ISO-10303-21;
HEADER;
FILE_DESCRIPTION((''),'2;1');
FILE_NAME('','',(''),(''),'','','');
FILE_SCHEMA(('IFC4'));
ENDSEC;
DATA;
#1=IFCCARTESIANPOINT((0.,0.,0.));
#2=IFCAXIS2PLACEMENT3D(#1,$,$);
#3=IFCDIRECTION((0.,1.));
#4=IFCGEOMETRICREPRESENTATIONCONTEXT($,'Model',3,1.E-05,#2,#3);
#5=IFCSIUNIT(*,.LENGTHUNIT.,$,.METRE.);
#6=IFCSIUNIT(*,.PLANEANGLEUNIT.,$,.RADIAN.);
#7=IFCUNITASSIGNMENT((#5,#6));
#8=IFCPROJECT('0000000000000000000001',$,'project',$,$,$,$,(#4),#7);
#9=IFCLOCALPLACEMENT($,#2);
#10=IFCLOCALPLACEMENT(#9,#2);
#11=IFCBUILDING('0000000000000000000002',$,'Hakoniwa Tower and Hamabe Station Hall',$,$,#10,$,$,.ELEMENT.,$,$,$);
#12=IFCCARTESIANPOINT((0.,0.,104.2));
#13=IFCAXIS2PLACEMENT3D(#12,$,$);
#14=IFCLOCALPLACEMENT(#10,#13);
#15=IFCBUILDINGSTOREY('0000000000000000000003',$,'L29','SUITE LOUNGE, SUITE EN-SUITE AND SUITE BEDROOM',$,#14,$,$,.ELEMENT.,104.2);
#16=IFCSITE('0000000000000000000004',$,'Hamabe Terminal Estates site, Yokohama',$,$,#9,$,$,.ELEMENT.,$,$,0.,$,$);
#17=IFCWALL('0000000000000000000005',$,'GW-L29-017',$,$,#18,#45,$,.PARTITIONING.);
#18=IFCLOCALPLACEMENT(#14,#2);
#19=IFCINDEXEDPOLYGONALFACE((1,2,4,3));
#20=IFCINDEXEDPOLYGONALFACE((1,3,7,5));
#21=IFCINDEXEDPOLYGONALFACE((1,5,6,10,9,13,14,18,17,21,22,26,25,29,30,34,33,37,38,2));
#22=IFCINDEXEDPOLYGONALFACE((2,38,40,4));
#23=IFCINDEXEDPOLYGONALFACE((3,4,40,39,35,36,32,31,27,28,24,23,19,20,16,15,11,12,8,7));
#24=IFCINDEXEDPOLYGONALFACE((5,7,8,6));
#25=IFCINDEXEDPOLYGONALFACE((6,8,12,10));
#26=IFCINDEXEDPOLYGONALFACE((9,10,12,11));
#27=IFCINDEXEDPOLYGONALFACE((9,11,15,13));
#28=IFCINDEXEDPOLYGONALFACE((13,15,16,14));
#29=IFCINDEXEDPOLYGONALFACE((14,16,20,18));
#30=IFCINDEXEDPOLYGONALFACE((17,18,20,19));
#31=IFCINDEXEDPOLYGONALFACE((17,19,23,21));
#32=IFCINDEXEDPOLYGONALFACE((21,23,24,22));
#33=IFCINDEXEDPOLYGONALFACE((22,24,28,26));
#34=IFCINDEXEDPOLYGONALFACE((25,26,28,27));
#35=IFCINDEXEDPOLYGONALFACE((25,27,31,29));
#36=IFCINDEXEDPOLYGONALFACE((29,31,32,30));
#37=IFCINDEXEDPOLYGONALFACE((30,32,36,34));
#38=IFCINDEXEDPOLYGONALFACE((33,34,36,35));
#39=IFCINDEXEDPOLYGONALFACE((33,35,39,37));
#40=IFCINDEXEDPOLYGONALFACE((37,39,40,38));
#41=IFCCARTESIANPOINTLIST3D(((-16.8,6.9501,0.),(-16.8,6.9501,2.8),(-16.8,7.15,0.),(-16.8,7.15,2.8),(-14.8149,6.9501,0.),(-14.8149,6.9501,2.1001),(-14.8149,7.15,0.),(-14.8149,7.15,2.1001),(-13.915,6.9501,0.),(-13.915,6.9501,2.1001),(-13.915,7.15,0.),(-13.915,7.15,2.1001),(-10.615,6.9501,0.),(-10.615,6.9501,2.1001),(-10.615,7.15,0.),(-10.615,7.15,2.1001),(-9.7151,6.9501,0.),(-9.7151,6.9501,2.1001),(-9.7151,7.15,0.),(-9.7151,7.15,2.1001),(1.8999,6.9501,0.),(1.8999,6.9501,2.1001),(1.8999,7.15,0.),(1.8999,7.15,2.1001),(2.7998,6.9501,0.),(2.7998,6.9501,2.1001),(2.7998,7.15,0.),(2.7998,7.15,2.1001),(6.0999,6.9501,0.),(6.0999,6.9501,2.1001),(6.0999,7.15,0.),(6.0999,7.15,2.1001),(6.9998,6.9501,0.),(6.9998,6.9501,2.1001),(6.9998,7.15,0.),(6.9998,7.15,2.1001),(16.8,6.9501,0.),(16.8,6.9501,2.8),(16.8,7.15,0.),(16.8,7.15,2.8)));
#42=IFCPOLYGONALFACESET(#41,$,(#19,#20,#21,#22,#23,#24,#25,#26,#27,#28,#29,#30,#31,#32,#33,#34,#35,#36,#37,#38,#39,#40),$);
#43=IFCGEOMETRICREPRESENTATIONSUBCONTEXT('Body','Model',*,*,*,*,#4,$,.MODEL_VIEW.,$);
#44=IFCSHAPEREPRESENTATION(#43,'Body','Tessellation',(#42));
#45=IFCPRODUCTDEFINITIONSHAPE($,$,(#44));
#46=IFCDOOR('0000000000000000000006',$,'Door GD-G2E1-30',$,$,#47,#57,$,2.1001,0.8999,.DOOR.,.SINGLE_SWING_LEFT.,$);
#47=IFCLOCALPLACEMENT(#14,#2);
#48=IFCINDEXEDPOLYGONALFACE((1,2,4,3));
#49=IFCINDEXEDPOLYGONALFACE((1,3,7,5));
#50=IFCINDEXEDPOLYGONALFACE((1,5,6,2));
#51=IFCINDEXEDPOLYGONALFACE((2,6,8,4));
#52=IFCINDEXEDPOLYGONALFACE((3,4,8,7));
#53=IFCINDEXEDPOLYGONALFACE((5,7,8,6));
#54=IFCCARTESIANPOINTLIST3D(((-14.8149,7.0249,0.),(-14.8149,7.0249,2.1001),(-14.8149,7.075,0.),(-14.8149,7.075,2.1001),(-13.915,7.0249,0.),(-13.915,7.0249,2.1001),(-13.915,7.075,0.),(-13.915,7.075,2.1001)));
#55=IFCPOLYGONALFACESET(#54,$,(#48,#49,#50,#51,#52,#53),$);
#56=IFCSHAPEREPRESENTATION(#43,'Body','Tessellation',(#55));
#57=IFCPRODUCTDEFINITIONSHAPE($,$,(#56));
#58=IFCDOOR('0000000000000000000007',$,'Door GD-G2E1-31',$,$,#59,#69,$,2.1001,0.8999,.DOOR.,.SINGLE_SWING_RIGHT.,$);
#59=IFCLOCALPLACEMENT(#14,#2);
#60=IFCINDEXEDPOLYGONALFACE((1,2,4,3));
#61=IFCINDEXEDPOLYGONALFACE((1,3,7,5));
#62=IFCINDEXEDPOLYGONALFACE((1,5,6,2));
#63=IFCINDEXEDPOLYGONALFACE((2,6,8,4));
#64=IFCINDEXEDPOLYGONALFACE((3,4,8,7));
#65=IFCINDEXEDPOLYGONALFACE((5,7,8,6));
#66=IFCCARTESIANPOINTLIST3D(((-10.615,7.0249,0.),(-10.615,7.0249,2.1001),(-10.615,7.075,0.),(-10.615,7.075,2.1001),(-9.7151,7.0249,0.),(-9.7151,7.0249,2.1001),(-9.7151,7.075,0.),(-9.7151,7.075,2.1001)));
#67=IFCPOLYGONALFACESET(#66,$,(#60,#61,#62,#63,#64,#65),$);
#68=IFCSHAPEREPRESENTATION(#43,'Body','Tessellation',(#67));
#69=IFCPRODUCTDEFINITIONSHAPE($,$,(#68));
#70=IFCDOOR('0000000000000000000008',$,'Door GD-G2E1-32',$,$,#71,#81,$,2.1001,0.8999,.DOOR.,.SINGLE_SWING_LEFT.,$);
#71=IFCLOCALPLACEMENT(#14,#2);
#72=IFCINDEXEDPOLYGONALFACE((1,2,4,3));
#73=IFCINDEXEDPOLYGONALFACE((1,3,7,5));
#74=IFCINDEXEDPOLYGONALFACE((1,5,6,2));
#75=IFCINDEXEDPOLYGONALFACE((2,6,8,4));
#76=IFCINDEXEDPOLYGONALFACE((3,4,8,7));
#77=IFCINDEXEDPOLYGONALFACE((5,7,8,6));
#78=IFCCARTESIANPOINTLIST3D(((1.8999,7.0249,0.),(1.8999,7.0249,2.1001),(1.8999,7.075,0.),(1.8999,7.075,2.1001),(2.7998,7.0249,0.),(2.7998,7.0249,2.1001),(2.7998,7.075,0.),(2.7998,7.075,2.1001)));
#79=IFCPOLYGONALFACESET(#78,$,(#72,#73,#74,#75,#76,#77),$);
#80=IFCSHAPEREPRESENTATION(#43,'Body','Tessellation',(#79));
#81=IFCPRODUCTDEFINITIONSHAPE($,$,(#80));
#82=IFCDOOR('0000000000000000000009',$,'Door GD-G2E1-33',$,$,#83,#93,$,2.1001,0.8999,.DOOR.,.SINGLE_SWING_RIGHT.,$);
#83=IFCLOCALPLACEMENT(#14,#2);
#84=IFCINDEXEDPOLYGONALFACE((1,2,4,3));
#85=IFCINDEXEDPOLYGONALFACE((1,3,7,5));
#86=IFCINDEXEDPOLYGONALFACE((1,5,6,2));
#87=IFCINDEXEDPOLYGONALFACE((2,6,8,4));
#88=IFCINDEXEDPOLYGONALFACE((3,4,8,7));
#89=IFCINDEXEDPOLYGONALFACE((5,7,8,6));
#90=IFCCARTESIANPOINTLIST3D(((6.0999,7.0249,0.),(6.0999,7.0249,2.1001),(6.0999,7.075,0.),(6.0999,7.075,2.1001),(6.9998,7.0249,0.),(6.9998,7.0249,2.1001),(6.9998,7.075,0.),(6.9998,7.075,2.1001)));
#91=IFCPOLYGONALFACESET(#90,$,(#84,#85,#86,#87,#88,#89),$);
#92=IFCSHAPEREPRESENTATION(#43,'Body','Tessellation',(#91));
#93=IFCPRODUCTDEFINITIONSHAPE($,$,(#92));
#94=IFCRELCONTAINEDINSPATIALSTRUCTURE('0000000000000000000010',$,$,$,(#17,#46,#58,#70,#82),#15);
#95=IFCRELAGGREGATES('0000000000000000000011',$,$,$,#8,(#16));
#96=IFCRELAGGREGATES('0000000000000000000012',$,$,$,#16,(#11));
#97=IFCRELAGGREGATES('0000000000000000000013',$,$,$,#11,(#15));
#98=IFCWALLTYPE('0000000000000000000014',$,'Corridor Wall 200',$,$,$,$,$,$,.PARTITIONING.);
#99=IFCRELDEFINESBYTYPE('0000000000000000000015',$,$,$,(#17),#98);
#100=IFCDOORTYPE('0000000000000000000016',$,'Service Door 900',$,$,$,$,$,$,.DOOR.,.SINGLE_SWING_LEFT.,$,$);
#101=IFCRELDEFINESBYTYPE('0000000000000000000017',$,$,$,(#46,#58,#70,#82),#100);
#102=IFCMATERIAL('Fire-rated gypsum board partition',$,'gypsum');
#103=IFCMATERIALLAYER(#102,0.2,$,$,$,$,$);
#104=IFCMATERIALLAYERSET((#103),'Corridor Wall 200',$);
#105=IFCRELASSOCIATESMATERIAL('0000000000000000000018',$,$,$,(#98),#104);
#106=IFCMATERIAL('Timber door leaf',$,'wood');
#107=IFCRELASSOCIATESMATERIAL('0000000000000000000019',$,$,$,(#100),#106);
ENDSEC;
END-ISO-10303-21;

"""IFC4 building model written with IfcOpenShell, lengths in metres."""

from ifc_helpers import new_model, si_unit, direction, frame, frame_2d, origin, place, context, subcontext, project, spatial, rectangle, extrude, material, layer, layer_set, type_object, element, fill, save


model = new_model("IFC4")

# Units and contexts
model_context = context("Model", 3, precision=1e-05, world=origin(), true_north=direction((0.0, 1.0)))
body_context = subcontext(model_context, "Body", "Model", "MODEL_VIEW")
ifc_project = project(units=[si_unit("LENGTHUNIT", "METRE"), si_unit("PLANEANGLEUNIT", "RADIAN")], contexts=[model_context])

# Site, building, storey
site_placement = place(None, origin())
site = spatial("IfcSite", under=ifc_project, at=site_placement, Name="Hamabe Terminal Estates site, Yokohama", CompositionType="ELEMENT", RefElevation=0.0)
building_placement = place(site_placement, origin())
building = spatial("IfcBuilding", under=site, at=building_placement, Name="Hakoniwa Tower and Hamabe Station Hall", CompositionType="ELEMENT")
storey_placement = place(building_placement, frame((0.0, 0.0, 104.2)))
storey = spatial("IfcBuildingStorey", under=building, at=storey_placement, Name="L29", Description="SUITE LOUNGE, SUITE EN-SUITE AND SUITE BEDROOM", CompositionType="ELEMENT", Elevation=104.2)

# Wall, openings, doors
ifc_material_1 = material(Name="Fire-rated gypsum board partition", Category="gypsum")
ifc_layer_1 = layer(ifc_material_1, 0.2)
ifc_layer_set_1 = layer_set([ifc_layer_1], Name="Corridor Wall 200")
wall_type_1 = type_object("IfcWallType", Name="Corridor Wall 200", PredefinedType="PARTITIONING", material=ifc_layer_set_1)
ifc_material_2 = material(Name="Timber door leaf", Category="wood")
door_type_1 = type_object("IfcDoorType", Name="Service Door 900", OperationType="SINGLE_SWING_LEFT", PredefinedType="DOOR", material=ifc_material_2)
wall_1_placement = place(storey_placement, frame((-16.8, 7.05, 0.0), z_axis=(0.0, 0.0, 1.0), x_axis=(1.0, 0.0, 0.0)))
wall_1 = element("IfcWall", 1, at=wall_1_placement, inside=storey, type_object=wall_type_1, Name="GW-L29-017", PredefinedType="PARTITIONING", context=body_context, shape_type="SweptSolid", body=[
    extrude(rectangle(XDim=33.6001, YDim=0.2, at=frame_2d((16.8, 0.0))), origin(), (0.0, 0.0, 1.0), 2.8),
])
opening_1_placement = place(wall_1_placement, frame((1.9851, 0.0, 0.0)))
opening_1 = element("IfcOpeningElement", 2, at=opening_1_placement, cuts=wall_1, PredefinedType="OPENING", context=body_context, shape_type="SweptSolid", body=[
    extrude(rectangle(XDim=0.8999, YDim=2.1001, at=frame_2d((0.45, 1.05))), frame((0.0, 0.1099, 0.0), z_axis=(0.0, -1.0, 0.0), x_axis=(1.0, 0.0, 0.0)), (0.0, 0.0, 1.0), 0.22),
])
opening_2_placement = place(wall_1_placement, frame((6.1851, 0.0, 0.0)))
opening_2 = element("IfcOpeningElement", 3, at=opening_2_placement, cuts=wall_1, PredefinedType="OPENING", context=body_context, shape_type="SweptSolid", body=[
    extrude(rectangle(XDim=0.8999, YDim=2.1001, at=frame_2d((0.45, 1.05))), frame((0.0, 0.1099, 0.0), z_axis=(0.0, -1.0, 0.0), x_axis=(1.0, 0.0, 0.0)), (0.0, 0.0, 1.0), 0.22),
])
opening_3_placement = place(wall_1_placement, frame((18.7, 0.0, 0.0)))
opening_3 = element("IfcOpeningElement", 4, at=opening_3_placement, cuts=wall_1, PredefinedType="OPENING", context=body_context, shape_type="SweptSolid", body=[
    extrude(rectangle(XDim=0.8999, YDim=2.1001, at=frame_2d((0.45, 1.05))), frame((0.0, 0.1099, 0.0), z_axis=(0.0, -1.0, 0.0), x_axis=(1.0, 0.0, 0.0)), (0.0, 0.0, 1.0), 0.22),
])
opening_4_placement = place(wall_1_placement, frame((22.8999, 0.0, 0.0)))
opening_4 = element("IfcOpeningElement", 5, at=opening_4_placement, cuts=wall_1, PredefinedType="OPENING", context=body_context, shape_type="SweptSolid", body=[
    extrude(rectangle(XDim=0.8999, YDim=2.1001, at=frame_2d((0.45, 1.05))), frame((0.0, 0.1099, 0.0), z_axis=(0.0, -1.0, 0.0), x_axis=(1.0, 0.0, 0.0)), (0.0, 0.0, 1.0), 0.22),
])
door_1_placement = place(opening_1_placement, origin())
door_1 = element("IfcDoor", 6, at=door_1_placement, inside=storey, type_object=door_type_1, Name="Door GD-G2E1-30", OperationType="SINGLE_SWING_LEFT", OverallHeight=2.1001, OverallWidth=0.8999, PredefinedType="DOOR", context=body_context, shape_type="SweptSolid", body=[
    extrude(rectangle(XDim=0.8999, YDim=2.1001, at=frame_2d((0.45, 1.05))), frame((0.0, 0.0249, 0.0), z_axis=(0.0, -1.0, 0.0), x_axis=(1.0, 0.0, 0.0)), (0.0, 0.0, 1.0), 0.05),
])
fill(opening_1, door_1)
door_2_placement = place(opening_2_placement, origin())
door_2 = element("IfcDoor", 7, at=door_2_placement, inside=storey, type_object=door_type_1, Name="Door GD-G2E1-31", OperationType="SINGLE_SWING_RIGHT", OverallHeight=2.1001, OverallWidth=0.8999, PredefinedType="DOOR", context=body_context, shape_type="SweptSolid", body=[
    extrude(rectangle(XDim=0.8999, YDim=2.1001, at=frame_2d((0.45, 1.05))), frame((0.0, 0.0249, 0.0), z_axis=(0.0, -1.0, 0.0), x_axis=(1.0, 0.0, 0.0)), (0.0, 0.0, 1.0), 0.05),
])
fill(opening_2, door_2)
door_3_placement = place(opening_3_placement, origin())
door_3 = element("IfcDoor", 8, at=door_3_placement, inside=storey, type_object=door_type_1, Name="Door GD-G2E1-32", OperationType="SINGLE_SWING_LEFT", OverallHeight=2.1001, OverallWidth=0.8999, PredefinedType="DOOR", context=body_context, shape_type="SweptSolid", body=[
    extrude(rectangle(XDim=0.8999, YDim=2.1001, at=frame_2d((0.45, 1.05))), frame((0.0, 0.0249, 0.0), z_axis=(0.0, -1.0, 0.0), x_axis=(1.0, 0.0, 0.0)), (0.0, 0.0, 1.0), 0.05),
])
fill(opening_3, door_3)
door_4_placement = place(opening_4_placement, origin())
door_4 = element("IfcDoor", 9, at=door_4_placement, inside=storey, type_object=door_type_1, Name="Door GD-G2E1-33", OperationType="SINGLE_SWING_RIGHT", OverallHeight=2.1001, OverallWidth=0.8999, PredefinedType="DOOR", context=body_context, shape_type="SweptSolid", body=[
    extrude(rectangle(XDim=0.8999, YDim=2.1001, at=frame_2d((0.45, 1.05))), frame((0.0, 0.0249, 0.0), z_axis=(0.0, -1.0, 0.0), x_axis=(1.0, 0.0, 0.0)), (0.0, 0.0, 1.0), 0.05),
])
fill(opening_4, door_4)

save(model, "model.ifc")
